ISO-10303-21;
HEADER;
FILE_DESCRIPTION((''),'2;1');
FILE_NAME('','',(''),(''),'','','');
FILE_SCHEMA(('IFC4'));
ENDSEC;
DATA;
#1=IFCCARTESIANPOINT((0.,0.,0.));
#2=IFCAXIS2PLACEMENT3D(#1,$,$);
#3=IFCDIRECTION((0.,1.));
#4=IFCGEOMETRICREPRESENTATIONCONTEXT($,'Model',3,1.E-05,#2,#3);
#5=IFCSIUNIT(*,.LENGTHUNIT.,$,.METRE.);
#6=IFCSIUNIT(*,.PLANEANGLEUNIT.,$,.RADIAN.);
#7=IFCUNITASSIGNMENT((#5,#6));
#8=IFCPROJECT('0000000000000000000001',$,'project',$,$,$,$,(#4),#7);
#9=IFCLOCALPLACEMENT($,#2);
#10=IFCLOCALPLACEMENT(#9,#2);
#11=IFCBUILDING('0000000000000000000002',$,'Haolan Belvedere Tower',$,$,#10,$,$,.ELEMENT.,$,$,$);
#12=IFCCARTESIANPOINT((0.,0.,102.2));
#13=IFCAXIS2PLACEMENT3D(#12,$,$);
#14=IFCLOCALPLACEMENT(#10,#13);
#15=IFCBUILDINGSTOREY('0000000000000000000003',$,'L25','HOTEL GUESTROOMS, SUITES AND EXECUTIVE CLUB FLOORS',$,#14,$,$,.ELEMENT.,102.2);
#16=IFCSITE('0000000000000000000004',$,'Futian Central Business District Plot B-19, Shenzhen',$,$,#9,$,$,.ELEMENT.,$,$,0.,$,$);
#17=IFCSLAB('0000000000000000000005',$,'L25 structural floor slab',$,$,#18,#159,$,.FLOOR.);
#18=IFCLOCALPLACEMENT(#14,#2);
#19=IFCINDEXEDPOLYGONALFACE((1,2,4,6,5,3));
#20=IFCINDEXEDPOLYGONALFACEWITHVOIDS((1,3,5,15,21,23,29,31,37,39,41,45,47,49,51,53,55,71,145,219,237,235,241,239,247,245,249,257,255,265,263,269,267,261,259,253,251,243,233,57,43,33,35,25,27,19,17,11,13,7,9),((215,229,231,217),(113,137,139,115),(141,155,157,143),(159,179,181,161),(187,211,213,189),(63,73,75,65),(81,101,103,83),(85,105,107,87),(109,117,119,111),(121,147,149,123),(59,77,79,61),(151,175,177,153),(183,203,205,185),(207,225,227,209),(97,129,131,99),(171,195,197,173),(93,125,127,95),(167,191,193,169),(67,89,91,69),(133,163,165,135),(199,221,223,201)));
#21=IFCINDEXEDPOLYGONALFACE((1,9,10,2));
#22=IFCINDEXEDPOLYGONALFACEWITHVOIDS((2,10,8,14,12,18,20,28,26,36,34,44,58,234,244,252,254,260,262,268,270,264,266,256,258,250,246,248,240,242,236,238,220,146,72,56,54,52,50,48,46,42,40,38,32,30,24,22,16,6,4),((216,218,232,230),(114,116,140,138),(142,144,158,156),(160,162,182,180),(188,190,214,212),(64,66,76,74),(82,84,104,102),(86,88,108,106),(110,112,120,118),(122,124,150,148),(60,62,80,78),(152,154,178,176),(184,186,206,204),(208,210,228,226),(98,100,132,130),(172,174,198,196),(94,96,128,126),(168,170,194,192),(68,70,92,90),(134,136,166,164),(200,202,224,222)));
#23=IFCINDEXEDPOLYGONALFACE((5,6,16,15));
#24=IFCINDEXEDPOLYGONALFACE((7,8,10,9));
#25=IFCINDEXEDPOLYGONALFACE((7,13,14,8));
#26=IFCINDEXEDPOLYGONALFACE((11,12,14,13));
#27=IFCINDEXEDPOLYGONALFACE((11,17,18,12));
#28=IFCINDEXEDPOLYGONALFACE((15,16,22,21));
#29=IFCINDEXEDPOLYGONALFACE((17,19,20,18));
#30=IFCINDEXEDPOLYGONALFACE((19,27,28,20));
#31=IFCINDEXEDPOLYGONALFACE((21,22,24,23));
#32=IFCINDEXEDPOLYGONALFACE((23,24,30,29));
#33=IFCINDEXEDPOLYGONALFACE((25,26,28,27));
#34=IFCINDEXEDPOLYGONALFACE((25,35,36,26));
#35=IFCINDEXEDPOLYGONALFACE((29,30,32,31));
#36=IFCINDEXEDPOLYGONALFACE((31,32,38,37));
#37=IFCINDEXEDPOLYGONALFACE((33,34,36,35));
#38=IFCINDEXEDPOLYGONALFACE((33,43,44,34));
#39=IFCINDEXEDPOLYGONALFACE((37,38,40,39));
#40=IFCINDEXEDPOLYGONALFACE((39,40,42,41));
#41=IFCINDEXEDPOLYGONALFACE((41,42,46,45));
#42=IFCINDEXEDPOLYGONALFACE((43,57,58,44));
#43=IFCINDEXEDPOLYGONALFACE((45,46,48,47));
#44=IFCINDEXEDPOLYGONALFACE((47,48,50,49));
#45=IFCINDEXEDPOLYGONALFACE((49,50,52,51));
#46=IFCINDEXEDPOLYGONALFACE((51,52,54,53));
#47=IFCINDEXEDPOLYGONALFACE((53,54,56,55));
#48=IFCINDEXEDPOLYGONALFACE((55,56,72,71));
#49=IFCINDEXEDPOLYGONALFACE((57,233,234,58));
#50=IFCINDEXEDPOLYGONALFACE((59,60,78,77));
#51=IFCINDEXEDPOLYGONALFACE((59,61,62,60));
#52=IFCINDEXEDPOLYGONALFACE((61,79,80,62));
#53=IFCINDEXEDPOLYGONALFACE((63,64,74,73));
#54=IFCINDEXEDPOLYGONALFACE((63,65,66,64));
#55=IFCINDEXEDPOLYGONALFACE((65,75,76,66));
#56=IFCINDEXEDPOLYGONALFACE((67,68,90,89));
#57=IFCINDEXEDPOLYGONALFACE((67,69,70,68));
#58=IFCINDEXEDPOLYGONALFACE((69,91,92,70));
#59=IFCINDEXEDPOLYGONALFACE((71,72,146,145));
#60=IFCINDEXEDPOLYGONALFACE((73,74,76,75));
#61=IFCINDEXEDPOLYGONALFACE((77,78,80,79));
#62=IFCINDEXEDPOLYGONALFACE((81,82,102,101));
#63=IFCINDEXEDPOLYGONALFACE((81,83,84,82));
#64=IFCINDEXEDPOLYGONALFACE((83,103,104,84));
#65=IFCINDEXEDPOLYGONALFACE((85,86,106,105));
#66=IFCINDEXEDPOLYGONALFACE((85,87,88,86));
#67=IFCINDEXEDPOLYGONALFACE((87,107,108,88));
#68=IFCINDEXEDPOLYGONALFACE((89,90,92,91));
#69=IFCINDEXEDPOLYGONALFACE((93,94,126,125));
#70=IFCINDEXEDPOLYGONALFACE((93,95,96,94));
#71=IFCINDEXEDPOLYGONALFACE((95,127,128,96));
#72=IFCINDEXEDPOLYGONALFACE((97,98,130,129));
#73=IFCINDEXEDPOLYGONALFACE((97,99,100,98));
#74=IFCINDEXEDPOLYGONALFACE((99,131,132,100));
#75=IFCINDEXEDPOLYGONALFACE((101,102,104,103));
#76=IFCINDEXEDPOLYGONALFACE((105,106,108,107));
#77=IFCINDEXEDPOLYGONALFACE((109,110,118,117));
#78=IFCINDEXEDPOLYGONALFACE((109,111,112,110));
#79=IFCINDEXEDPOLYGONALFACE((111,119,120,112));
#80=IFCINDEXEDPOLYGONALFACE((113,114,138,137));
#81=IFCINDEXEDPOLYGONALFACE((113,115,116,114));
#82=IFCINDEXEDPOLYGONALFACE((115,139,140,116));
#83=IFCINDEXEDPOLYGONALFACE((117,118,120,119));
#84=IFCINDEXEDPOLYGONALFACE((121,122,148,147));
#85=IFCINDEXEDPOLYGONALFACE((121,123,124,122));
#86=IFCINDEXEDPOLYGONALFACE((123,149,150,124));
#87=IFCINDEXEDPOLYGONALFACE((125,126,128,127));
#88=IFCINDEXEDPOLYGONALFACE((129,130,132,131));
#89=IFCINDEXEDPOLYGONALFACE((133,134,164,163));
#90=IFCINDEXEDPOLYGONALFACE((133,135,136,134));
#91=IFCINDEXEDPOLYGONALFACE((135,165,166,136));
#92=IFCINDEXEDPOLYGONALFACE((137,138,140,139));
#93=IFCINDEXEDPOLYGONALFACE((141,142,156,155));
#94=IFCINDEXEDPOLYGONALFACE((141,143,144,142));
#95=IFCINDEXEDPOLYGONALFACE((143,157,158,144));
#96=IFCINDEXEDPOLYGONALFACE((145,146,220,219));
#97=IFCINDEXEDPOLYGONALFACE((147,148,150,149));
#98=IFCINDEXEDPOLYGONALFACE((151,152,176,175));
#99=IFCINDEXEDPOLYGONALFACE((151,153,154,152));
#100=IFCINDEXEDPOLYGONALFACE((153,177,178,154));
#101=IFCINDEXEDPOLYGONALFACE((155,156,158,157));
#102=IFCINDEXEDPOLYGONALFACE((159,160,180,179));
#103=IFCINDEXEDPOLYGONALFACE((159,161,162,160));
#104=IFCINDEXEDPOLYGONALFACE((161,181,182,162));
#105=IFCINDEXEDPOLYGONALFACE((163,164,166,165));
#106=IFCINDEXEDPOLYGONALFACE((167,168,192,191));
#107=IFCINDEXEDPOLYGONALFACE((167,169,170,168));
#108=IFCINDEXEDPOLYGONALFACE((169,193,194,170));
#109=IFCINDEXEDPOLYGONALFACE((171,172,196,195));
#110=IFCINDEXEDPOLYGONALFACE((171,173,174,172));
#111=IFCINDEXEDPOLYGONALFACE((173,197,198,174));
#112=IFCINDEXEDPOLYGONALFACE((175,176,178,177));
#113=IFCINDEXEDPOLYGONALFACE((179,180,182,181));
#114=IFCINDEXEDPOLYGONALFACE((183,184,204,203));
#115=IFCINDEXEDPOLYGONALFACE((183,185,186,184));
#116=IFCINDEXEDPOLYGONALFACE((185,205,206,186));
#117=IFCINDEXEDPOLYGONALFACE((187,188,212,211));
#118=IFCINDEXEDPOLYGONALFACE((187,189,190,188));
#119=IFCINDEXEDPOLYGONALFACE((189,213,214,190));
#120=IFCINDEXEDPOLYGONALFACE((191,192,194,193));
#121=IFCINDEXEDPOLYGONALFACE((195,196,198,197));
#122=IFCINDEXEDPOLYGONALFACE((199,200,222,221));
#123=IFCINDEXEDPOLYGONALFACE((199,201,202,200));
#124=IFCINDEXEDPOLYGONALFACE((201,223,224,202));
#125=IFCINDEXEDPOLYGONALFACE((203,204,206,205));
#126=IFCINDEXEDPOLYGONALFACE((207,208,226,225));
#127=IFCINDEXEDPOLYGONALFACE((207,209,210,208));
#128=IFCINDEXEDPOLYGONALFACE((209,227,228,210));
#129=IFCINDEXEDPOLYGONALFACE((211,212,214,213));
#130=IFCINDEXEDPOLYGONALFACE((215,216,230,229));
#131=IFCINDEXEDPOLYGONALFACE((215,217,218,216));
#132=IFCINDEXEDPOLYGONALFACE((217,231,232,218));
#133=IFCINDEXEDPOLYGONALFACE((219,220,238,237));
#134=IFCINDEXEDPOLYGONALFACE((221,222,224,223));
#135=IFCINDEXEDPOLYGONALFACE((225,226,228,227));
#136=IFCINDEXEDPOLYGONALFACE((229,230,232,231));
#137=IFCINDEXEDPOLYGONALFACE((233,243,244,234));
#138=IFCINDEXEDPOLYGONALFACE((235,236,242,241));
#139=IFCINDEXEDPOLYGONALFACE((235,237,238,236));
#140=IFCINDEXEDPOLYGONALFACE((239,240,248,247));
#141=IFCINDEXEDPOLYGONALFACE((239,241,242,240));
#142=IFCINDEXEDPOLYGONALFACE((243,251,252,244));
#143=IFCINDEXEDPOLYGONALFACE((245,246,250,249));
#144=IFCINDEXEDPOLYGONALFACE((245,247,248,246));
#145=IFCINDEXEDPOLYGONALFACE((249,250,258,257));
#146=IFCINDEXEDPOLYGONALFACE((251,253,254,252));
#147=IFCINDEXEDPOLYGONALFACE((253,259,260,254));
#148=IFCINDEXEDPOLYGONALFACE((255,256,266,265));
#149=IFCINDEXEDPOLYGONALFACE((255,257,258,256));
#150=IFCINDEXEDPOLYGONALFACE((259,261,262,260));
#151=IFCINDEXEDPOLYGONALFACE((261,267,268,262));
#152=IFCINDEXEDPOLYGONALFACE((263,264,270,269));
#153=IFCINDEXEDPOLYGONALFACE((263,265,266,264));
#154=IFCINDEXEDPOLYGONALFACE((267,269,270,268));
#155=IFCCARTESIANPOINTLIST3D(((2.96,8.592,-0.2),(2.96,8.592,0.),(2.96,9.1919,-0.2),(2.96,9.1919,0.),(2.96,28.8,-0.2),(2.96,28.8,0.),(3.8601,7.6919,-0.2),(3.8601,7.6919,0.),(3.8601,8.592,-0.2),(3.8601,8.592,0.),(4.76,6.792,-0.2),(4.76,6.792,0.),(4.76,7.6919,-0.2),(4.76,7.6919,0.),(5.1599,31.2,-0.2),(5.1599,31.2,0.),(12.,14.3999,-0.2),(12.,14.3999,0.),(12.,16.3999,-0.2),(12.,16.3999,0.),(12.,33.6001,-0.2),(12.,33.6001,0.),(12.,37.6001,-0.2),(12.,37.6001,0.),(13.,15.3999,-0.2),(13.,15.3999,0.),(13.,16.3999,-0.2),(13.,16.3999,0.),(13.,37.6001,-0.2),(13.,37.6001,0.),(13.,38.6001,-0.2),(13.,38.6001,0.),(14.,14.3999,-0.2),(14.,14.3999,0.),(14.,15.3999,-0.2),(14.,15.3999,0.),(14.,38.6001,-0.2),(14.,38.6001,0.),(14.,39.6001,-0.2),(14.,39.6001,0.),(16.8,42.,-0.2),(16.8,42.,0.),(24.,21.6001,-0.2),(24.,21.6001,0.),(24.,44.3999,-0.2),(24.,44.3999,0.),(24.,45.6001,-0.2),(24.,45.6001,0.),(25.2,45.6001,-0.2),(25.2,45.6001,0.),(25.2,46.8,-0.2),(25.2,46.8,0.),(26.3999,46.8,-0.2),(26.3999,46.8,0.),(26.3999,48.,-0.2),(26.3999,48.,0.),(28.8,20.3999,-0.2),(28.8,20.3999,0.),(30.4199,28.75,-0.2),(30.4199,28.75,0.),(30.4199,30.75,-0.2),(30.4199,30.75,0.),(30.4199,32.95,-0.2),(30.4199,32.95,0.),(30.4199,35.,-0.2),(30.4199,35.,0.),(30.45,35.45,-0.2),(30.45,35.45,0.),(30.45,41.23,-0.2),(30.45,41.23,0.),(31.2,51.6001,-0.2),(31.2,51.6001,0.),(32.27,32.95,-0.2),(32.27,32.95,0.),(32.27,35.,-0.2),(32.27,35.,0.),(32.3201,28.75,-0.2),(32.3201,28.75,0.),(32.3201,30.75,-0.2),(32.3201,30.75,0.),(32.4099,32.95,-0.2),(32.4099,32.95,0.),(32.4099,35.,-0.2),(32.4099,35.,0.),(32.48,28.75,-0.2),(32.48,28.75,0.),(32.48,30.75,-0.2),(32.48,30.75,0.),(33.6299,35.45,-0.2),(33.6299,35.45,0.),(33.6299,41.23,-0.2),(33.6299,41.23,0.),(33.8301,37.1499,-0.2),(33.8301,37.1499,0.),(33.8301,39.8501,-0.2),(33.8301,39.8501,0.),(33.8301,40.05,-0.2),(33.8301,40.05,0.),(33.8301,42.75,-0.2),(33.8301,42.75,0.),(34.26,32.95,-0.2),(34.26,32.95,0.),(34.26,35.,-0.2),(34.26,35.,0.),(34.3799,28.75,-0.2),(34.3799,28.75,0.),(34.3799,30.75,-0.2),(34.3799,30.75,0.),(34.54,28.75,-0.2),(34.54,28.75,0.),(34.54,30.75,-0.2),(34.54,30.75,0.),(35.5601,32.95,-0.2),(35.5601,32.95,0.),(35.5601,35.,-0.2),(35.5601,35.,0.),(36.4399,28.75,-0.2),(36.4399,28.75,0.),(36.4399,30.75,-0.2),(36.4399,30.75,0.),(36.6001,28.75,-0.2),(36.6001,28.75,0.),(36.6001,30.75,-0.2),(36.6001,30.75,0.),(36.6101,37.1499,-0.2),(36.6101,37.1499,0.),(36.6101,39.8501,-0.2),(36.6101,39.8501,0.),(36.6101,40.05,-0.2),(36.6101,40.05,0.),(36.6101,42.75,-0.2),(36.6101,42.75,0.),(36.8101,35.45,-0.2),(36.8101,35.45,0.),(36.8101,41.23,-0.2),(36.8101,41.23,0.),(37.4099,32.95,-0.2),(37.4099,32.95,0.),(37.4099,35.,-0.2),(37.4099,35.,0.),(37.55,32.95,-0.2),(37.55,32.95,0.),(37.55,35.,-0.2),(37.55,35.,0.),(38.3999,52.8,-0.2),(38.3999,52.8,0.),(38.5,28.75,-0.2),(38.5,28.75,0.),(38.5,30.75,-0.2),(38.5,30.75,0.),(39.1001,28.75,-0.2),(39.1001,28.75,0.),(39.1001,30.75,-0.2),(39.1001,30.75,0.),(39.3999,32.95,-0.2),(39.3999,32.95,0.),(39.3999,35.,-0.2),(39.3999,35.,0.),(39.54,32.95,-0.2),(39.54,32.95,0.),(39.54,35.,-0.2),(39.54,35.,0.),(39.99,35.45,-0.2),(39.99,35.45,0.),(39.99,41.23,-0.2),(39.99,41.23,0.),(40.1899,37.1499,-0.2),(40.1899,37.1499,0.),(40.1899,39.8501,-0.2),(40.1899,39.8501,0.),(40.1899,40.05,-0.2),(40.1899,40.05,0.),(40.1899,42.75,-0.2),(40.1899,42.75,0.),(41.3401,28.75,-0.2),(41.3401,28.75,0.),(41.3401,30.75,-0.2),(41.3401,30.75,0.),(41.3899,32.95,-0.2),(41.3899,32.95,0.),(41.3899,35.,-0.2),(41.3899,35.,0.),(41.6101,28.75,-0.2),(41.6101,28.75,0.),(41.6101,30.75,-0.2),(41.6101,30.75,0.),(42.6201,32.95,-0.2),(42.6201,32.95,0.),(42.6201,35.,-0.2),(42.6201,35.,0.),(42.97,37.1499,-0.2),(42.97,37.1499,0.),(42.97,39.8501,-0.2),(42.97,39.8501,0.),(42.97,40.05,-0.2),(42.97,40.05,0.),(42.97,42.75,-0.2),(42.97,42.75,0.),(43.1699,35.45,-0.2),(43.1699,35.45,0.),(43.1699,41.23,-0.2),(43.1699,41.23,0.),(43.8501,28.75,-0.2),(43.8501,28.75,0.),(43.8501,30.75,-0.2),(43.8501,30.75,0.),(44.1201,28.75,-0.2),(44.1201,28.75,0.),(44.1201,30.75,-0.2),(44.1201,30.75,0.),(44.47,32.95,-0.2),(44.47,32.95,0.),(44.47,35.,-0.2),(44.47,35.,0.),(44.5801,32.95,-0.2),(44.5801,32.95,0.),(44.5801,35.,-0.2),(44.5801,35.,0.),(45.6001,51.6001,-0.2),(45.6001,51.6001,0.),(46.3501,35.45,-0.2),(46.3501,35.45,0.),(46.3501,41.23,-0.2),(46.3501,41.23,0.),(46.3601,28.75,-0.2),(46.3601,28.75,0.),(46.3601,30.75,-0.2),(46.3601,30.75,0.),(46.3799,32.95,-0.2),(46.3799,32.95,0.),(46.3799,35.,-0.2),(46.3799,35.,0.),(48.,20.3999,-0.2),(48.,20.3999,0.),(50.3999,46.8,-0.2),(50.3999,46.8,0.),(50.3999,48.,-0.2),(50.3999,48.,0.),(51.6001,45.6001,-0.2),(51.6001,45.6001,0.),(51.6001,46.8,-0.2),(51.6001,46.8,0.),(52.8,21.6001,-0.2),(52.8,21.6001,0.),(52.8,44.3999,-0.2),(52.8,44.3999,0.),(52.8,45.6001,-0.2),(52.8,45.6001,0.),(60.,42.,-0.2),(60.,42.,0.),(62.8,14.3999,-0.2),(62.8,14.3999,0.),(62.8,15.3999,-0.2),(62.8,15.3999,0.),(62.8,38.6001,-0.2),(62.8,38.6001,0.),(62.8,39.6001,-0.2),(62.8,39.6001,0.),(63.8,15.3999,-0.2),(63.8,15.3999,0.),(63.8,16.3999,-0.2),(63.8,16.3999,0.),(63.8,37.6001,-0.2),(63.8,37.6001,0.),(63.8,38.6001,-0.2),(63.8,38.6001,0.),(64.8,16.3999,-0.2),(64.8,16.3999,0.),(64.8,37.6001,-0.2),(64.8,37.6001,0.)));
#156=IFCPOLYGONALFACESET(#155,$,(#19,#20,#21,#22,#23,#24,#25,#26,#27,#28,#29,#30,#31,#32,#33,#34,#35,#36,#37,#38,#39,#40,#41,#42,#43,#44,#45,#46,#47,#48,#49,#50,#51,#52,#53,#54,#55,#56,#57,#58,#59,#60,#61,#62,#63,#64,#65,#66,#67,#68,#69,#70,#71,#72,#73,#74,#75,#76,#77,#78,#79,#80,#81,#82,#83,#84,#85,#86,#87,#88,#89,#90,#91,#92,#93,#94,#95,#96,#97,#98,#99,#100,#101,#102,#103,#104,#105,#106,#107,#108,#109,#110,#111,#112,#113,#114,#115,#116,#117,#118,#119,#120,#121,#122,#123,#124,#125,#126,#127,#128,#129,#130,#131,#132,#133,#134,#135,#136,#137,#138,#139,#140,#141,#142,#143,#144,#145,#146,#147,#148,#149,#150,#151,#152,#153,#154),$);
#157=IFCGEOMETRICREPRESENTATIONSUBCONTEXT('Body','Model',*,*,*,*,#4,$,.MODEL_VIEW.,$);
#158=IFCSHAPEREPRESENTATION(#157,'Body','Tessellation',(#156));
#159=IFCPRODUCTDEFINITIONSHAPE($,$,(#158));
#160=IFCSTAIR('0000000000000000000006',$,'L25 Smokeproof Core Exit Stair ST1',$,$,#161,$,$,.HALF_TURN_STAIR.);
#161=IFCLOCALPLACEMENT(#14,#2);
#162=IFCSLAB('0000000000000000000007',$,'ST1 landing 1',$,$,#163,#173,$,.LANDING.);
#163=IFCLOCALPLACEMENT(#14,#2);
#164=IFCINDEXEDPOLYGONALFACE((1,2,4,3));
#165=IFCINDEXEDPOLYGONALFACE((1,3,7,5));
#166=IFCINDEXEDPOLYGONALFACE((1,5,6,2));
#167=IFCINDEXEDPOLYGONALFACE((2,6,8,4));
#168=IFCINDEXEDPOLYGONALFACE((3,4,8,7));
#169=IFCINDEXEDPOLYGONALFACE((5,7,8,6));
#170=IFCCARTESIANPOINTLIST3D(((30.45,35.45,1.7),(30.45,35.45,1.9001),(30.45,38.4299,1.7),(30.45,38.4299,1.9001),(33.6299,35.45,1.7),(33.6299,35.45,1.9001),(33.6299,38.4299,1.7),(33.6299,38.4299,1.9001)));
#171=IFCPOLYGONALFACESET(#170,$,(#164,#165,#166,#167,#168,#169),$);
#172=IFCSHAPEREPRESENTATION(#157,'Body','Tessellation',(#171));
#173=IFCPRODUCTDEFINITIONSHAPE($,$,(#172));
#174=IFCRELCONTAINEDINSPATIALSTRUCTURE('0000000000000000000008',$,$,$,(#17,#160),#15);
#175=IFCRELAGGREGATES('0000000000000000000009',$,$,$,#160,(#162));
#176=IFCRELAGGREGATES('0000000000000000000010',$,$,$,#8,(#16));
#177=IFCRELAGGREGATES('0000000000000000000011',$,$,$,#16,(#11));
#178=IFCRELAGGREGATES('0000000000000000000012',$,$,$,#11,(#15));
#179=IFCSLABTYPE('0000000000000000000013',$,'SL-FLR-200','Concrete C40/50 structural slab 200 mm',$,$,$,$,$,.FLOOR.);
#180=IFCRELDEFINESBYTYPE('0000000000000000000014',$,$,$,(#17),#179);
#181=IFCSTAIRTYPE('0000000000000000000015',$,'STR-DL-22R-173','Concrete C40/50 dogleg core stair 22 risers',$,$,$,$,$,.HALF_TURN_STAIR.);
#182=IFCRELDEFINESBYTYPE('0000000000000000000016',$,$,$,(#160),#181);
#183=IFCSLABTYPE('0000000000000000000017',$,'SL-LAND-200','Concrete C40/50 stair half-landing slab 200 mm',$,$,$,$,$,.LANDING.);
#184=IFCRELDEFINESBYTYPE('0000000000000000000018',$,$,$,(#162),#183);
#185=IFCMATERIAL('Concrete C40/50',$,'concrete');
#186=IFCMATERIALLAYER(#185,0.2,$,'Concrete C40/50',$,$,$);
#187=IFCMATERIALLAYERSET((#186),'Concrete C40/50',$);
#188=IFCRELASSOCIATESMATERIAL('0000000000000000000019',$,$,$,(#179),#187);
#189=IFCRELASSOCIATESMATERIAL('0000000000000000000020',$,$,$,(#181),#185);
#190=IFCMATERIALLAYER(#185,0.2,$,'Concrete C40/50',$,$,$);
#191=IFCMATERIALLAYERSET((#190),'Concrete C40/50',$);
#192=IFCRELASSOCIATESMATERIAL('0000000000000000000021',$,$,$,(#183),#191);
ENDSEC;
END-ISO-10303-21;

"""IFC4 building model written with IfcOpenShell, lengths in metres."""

from ifc_helpers import new_model, si_unit, direction, frame, origin, place, context, subcontext, project, spatial, polyline, outline, extrude, material, layer, layer_set, type_object, element, aggregate, save


model = new_model("IFC4")

# Units and contexts
model_context = context("Model", 3, precision=1e-05, world=origin(), true_north=direction((0.0, 1.0)))
body_context = subcontext(model_context, "Body", "Model", "MODEL_VIEW")
ifc_project = project(units=[si_unit("LENGTHUNIT", "METRE"), si_unit("PLANEANGLEUNIT", "RADIAN")], contexts=[model_context])

# Site, building, storey
site_placement = place(None, origin())
site = spatial("IfcSite", under=ifc_project, at=site_placement, Name="Futian Central Business District Plot B-19, Shenzhen", CompositionType="ELEMENT", RefElevation=0.0)
building_placement = place(site_placement, origin())
building = spatial("IfcBuilding", under=site, at=building_placement, Name="Haolan Belvedere Tower", CompositionType="ELEMENT")
storey_placement = place(building_placement, frame((0.0, 0.0, 102.2)))
storey = spatial("IfcBuildingStorey", under=building, at=storey_placement, Name="L25", Description="HOTEL GUESTROOMS, SUITES AND EXECUTIVE CLUB FLOORS", CompositionType="ELEMENT", Elevation=102.2)

# Slab
ifc_material_1 = material(Name="Concrete C40/50", Category="concrete")
ifc_layer_1 = layer(ifc_material_1, 0.2, Name="Concrete C40/50")
ifc_layer_set_1 = layer_set([ifc_layer_1], Name="Concrete C40/50")
slab_type_1 = type_object("IfcSlabType", Name="SL-FLR-200", Description="Concrete C40/50 structural slab 200 mm", PredefinedType="FLOOR", material=ifc_layer_set_1)
slab_1_placement = place(storey_placement, frame((0.0, 0.0, -0.2)))
element("IfcSlab", 1, at=slab_1_placement, inside=storey, type_object=slab_type_1, Name="L25 structural floor slab", PredefinedType="FLOOR", context=body_context, shape_type="SweptSolid", body=[
    extrude(outline(polyline([(12.0, 14.3999), (12.0, 16.3999), (13.0, 16.3999), (13.0, 15.3999), (14.0, 15.3999), (14.0, 14.3999), (24.0, 21.6001), (28.8, 20.3999), (48.0, 20.3999), (52.8, 21.6001), (62.8, 14.3999), (62.8, 15.3999), (63.8, 15.3999), (63.8, 16.3999), (64.8, 16.3999), (64.8, 37.6001), (63.8, 37.6001), (63.8, 38.6001), (62.8, 38.6001), (62.8, 39.6001), (60.0, 42.0), (52.8, 44.3999), (52.8, 45.6001), (51.6001, 45.6001), (51.6001, 46.8), (50.3999, 46.8), (50.3999, 48.0), (45.6001, 51.6001), (38.3999, 52.8), (31.2, 51.6001), (26.3999, 48.0), (26.3999, 46.8), (25.2, 46.8), (25.2, 45.6001), (24.0, 45.6001), (24.0, 44.3999), (16.8, 42.0), (14.0, 39.6001), (14.0, 38.6001), (13.0, 38.6001), (13.0, 37.6001), (12.0, 37.6001), (12.0, 33.6001), (5.1599, 31.2), (2.96, 28.8), (2.96, 9.1919), (2.96, 8.592), (3.8601, 8.592), (3.8601, 7.6919), (4.76, 7.6919), (4.76, 6.792), (12.0, 14.3999)]), holes=[polyline([(30.45, 41.23), (30.45, 35.45), (33.6299, 35.45), (33.6299, 41.23), (30.45, 41.23)]), polyline([(36.8101, 41.23), (36.8101, 35.45), (39.99, 35.45), (39.99, 41.23), (36.8101, 41.23)]), polyline([(43.1699, 41.23), (43.1699, 35.45), (46.3501, 35.45), (46.3501, 41.23), (43.1699, 41.23)]), polyline([(33.8301, 40.05), (36.6101, 40.05), (36.6101, 42.75), (33.8301, 42.75), (33.8301, 40.05)]), polyline([(33.8301, 37.1499), (36.6101, 37.1499), (36.6101, 39.8501), (33.8301, 39.8501), (33.8301, 37.1499)]), polyline([(40.1899, 40.05), (42.97, 40.05), (42.97, 42.75), (40.1899, 42.75), (40.1899, 40.05)]), polyline([(40.1899, 37.1499), (42.97, 37.1499), (42.97, 39.8501), (40.1899, 39.8501), (40.1899, 37.1499)]), polyline([(30.4199, 32.95), (32.27, 32.95), (32.27, 35.0), (30.4199, 35.0), (30.4199, 32.95)]), polyline([(32.4099, 32.95), (34.26, 32.95), (34.26, 35.0), (32.4099, 35.0), (32.4099, 32.95)]), polyline([(35.5601, 32.95), (37.4099, 32.95), (37.4099, 35.0), (35.5601, 35.0), (35.5601, 32.95)]), polyline([(37.55, 32.95), (39.3999, 32.95), (39.3999, 35.0), (37.55, 35.0), (37.55, 32.95)]), polyline([(39.54, 32.95), (41.3899, 32.95), (41.3899, 35.0), (39.54, 35.0), (39.54, 32.95)]), polyline([(42.6201, 32.95), (44.47, 32.95), (44.47, 35.0), (42.6201, 35.0), (42.6201, 32.95)]), polyline([(44.5801, 32.95), (46.3799, 32.95), (46.3799, 35.0), (44.5801, 35.0), (44.5801, 32.95)]), polyline([(30.4199, 28.75), (32.3201, 28.75), (32.3201, 30.75), (30.4199, 30.75), (30.4199, 28.75)]), polyline([(32.48, 28.75), (34.3799, 28.75), (34.3799, 30.75), (32.48, 30.75), (32.48, 28.75)]), polyline([(34.54, 28.75), (36.4399, 28.75), (36.4399, 30.75), (34.54, 30.75), (34.54, 28.75)]), polyline([(36.6001, 28.75), (38.5, 28.75), (38.5, 30.75), (36.6001, 30.75), (36.6001, 28.75)]), polyline([(39.1001, 28.75), (41.3401, 28.75), (41.3401, 30.75), (39.1001, 30.75), (39.1001, 28.75)]), polyline([(41.6101, 28.75), (43.8501, 28.75), (43.8501, 30.75), (41.6101, 30.75), (41.6101, 28.75)]), polyline([(44.1201, 28.75), (46.3601, 28.75), (46.3601, 30.75), (44.1201, 30.75), (44.1201, 28.75)])]), origin(), (0.0, 0.0, 1.0), 0.2),
])

# Stair, slab
stair_type = type_object("IfcStairType", Name="STR-DL-22R-173", Description="Concrete C40/50 dogleg core stair 22 risers", PredefinedType="HALF_TURN_STAIR", material=ifc_material_1)
stair_1_placement = place(storey_placement, origin())
stair_1 = element("IfcStair", 2, at=stair_1_placement, inside=storey, type_object=stair_type, Name="L25 Smokeproof Core Exit Stair ST1", PredefinedType="HALF_TURN_STAIR")
ifc_layer_2 = layer(ifc_material_1, 0.2, Name="Concrete C40/50")
ifc_layer_set_2 = layer_set([ifc_layer_2], Name="Concrete C40/50")
slab_type_2 = type_object("IfcSlabType", Name="SL-LAND-200", Description="Concrete C40/50 stair half-landing slab 200 mm", PredefinedType="LANDING", material=ifc_layer_set_2)
slab_2_placement = place(storey_placement, frame((0.0, 0.0, 1.7)))
slab_2 = element("IfcSlab", 3, at=slab_2_placement, type_object=slab_type_2, Name="ST1 landing 1", PredefinedType="LANDING", context=body_context, shape_type="SweptSolid", body=[
    extrude(outline(polyline([(30.45, 38.4299), (30.45, 35.45), (33.6299, 35.45), (33.6299, 38.4299), (30.45, 38.4299)])), origin(), (0.0, 0.0, 1.0), 0.2002),
])
aggregate(stair_1, [slab_2])

save(model, "model.ifc")
